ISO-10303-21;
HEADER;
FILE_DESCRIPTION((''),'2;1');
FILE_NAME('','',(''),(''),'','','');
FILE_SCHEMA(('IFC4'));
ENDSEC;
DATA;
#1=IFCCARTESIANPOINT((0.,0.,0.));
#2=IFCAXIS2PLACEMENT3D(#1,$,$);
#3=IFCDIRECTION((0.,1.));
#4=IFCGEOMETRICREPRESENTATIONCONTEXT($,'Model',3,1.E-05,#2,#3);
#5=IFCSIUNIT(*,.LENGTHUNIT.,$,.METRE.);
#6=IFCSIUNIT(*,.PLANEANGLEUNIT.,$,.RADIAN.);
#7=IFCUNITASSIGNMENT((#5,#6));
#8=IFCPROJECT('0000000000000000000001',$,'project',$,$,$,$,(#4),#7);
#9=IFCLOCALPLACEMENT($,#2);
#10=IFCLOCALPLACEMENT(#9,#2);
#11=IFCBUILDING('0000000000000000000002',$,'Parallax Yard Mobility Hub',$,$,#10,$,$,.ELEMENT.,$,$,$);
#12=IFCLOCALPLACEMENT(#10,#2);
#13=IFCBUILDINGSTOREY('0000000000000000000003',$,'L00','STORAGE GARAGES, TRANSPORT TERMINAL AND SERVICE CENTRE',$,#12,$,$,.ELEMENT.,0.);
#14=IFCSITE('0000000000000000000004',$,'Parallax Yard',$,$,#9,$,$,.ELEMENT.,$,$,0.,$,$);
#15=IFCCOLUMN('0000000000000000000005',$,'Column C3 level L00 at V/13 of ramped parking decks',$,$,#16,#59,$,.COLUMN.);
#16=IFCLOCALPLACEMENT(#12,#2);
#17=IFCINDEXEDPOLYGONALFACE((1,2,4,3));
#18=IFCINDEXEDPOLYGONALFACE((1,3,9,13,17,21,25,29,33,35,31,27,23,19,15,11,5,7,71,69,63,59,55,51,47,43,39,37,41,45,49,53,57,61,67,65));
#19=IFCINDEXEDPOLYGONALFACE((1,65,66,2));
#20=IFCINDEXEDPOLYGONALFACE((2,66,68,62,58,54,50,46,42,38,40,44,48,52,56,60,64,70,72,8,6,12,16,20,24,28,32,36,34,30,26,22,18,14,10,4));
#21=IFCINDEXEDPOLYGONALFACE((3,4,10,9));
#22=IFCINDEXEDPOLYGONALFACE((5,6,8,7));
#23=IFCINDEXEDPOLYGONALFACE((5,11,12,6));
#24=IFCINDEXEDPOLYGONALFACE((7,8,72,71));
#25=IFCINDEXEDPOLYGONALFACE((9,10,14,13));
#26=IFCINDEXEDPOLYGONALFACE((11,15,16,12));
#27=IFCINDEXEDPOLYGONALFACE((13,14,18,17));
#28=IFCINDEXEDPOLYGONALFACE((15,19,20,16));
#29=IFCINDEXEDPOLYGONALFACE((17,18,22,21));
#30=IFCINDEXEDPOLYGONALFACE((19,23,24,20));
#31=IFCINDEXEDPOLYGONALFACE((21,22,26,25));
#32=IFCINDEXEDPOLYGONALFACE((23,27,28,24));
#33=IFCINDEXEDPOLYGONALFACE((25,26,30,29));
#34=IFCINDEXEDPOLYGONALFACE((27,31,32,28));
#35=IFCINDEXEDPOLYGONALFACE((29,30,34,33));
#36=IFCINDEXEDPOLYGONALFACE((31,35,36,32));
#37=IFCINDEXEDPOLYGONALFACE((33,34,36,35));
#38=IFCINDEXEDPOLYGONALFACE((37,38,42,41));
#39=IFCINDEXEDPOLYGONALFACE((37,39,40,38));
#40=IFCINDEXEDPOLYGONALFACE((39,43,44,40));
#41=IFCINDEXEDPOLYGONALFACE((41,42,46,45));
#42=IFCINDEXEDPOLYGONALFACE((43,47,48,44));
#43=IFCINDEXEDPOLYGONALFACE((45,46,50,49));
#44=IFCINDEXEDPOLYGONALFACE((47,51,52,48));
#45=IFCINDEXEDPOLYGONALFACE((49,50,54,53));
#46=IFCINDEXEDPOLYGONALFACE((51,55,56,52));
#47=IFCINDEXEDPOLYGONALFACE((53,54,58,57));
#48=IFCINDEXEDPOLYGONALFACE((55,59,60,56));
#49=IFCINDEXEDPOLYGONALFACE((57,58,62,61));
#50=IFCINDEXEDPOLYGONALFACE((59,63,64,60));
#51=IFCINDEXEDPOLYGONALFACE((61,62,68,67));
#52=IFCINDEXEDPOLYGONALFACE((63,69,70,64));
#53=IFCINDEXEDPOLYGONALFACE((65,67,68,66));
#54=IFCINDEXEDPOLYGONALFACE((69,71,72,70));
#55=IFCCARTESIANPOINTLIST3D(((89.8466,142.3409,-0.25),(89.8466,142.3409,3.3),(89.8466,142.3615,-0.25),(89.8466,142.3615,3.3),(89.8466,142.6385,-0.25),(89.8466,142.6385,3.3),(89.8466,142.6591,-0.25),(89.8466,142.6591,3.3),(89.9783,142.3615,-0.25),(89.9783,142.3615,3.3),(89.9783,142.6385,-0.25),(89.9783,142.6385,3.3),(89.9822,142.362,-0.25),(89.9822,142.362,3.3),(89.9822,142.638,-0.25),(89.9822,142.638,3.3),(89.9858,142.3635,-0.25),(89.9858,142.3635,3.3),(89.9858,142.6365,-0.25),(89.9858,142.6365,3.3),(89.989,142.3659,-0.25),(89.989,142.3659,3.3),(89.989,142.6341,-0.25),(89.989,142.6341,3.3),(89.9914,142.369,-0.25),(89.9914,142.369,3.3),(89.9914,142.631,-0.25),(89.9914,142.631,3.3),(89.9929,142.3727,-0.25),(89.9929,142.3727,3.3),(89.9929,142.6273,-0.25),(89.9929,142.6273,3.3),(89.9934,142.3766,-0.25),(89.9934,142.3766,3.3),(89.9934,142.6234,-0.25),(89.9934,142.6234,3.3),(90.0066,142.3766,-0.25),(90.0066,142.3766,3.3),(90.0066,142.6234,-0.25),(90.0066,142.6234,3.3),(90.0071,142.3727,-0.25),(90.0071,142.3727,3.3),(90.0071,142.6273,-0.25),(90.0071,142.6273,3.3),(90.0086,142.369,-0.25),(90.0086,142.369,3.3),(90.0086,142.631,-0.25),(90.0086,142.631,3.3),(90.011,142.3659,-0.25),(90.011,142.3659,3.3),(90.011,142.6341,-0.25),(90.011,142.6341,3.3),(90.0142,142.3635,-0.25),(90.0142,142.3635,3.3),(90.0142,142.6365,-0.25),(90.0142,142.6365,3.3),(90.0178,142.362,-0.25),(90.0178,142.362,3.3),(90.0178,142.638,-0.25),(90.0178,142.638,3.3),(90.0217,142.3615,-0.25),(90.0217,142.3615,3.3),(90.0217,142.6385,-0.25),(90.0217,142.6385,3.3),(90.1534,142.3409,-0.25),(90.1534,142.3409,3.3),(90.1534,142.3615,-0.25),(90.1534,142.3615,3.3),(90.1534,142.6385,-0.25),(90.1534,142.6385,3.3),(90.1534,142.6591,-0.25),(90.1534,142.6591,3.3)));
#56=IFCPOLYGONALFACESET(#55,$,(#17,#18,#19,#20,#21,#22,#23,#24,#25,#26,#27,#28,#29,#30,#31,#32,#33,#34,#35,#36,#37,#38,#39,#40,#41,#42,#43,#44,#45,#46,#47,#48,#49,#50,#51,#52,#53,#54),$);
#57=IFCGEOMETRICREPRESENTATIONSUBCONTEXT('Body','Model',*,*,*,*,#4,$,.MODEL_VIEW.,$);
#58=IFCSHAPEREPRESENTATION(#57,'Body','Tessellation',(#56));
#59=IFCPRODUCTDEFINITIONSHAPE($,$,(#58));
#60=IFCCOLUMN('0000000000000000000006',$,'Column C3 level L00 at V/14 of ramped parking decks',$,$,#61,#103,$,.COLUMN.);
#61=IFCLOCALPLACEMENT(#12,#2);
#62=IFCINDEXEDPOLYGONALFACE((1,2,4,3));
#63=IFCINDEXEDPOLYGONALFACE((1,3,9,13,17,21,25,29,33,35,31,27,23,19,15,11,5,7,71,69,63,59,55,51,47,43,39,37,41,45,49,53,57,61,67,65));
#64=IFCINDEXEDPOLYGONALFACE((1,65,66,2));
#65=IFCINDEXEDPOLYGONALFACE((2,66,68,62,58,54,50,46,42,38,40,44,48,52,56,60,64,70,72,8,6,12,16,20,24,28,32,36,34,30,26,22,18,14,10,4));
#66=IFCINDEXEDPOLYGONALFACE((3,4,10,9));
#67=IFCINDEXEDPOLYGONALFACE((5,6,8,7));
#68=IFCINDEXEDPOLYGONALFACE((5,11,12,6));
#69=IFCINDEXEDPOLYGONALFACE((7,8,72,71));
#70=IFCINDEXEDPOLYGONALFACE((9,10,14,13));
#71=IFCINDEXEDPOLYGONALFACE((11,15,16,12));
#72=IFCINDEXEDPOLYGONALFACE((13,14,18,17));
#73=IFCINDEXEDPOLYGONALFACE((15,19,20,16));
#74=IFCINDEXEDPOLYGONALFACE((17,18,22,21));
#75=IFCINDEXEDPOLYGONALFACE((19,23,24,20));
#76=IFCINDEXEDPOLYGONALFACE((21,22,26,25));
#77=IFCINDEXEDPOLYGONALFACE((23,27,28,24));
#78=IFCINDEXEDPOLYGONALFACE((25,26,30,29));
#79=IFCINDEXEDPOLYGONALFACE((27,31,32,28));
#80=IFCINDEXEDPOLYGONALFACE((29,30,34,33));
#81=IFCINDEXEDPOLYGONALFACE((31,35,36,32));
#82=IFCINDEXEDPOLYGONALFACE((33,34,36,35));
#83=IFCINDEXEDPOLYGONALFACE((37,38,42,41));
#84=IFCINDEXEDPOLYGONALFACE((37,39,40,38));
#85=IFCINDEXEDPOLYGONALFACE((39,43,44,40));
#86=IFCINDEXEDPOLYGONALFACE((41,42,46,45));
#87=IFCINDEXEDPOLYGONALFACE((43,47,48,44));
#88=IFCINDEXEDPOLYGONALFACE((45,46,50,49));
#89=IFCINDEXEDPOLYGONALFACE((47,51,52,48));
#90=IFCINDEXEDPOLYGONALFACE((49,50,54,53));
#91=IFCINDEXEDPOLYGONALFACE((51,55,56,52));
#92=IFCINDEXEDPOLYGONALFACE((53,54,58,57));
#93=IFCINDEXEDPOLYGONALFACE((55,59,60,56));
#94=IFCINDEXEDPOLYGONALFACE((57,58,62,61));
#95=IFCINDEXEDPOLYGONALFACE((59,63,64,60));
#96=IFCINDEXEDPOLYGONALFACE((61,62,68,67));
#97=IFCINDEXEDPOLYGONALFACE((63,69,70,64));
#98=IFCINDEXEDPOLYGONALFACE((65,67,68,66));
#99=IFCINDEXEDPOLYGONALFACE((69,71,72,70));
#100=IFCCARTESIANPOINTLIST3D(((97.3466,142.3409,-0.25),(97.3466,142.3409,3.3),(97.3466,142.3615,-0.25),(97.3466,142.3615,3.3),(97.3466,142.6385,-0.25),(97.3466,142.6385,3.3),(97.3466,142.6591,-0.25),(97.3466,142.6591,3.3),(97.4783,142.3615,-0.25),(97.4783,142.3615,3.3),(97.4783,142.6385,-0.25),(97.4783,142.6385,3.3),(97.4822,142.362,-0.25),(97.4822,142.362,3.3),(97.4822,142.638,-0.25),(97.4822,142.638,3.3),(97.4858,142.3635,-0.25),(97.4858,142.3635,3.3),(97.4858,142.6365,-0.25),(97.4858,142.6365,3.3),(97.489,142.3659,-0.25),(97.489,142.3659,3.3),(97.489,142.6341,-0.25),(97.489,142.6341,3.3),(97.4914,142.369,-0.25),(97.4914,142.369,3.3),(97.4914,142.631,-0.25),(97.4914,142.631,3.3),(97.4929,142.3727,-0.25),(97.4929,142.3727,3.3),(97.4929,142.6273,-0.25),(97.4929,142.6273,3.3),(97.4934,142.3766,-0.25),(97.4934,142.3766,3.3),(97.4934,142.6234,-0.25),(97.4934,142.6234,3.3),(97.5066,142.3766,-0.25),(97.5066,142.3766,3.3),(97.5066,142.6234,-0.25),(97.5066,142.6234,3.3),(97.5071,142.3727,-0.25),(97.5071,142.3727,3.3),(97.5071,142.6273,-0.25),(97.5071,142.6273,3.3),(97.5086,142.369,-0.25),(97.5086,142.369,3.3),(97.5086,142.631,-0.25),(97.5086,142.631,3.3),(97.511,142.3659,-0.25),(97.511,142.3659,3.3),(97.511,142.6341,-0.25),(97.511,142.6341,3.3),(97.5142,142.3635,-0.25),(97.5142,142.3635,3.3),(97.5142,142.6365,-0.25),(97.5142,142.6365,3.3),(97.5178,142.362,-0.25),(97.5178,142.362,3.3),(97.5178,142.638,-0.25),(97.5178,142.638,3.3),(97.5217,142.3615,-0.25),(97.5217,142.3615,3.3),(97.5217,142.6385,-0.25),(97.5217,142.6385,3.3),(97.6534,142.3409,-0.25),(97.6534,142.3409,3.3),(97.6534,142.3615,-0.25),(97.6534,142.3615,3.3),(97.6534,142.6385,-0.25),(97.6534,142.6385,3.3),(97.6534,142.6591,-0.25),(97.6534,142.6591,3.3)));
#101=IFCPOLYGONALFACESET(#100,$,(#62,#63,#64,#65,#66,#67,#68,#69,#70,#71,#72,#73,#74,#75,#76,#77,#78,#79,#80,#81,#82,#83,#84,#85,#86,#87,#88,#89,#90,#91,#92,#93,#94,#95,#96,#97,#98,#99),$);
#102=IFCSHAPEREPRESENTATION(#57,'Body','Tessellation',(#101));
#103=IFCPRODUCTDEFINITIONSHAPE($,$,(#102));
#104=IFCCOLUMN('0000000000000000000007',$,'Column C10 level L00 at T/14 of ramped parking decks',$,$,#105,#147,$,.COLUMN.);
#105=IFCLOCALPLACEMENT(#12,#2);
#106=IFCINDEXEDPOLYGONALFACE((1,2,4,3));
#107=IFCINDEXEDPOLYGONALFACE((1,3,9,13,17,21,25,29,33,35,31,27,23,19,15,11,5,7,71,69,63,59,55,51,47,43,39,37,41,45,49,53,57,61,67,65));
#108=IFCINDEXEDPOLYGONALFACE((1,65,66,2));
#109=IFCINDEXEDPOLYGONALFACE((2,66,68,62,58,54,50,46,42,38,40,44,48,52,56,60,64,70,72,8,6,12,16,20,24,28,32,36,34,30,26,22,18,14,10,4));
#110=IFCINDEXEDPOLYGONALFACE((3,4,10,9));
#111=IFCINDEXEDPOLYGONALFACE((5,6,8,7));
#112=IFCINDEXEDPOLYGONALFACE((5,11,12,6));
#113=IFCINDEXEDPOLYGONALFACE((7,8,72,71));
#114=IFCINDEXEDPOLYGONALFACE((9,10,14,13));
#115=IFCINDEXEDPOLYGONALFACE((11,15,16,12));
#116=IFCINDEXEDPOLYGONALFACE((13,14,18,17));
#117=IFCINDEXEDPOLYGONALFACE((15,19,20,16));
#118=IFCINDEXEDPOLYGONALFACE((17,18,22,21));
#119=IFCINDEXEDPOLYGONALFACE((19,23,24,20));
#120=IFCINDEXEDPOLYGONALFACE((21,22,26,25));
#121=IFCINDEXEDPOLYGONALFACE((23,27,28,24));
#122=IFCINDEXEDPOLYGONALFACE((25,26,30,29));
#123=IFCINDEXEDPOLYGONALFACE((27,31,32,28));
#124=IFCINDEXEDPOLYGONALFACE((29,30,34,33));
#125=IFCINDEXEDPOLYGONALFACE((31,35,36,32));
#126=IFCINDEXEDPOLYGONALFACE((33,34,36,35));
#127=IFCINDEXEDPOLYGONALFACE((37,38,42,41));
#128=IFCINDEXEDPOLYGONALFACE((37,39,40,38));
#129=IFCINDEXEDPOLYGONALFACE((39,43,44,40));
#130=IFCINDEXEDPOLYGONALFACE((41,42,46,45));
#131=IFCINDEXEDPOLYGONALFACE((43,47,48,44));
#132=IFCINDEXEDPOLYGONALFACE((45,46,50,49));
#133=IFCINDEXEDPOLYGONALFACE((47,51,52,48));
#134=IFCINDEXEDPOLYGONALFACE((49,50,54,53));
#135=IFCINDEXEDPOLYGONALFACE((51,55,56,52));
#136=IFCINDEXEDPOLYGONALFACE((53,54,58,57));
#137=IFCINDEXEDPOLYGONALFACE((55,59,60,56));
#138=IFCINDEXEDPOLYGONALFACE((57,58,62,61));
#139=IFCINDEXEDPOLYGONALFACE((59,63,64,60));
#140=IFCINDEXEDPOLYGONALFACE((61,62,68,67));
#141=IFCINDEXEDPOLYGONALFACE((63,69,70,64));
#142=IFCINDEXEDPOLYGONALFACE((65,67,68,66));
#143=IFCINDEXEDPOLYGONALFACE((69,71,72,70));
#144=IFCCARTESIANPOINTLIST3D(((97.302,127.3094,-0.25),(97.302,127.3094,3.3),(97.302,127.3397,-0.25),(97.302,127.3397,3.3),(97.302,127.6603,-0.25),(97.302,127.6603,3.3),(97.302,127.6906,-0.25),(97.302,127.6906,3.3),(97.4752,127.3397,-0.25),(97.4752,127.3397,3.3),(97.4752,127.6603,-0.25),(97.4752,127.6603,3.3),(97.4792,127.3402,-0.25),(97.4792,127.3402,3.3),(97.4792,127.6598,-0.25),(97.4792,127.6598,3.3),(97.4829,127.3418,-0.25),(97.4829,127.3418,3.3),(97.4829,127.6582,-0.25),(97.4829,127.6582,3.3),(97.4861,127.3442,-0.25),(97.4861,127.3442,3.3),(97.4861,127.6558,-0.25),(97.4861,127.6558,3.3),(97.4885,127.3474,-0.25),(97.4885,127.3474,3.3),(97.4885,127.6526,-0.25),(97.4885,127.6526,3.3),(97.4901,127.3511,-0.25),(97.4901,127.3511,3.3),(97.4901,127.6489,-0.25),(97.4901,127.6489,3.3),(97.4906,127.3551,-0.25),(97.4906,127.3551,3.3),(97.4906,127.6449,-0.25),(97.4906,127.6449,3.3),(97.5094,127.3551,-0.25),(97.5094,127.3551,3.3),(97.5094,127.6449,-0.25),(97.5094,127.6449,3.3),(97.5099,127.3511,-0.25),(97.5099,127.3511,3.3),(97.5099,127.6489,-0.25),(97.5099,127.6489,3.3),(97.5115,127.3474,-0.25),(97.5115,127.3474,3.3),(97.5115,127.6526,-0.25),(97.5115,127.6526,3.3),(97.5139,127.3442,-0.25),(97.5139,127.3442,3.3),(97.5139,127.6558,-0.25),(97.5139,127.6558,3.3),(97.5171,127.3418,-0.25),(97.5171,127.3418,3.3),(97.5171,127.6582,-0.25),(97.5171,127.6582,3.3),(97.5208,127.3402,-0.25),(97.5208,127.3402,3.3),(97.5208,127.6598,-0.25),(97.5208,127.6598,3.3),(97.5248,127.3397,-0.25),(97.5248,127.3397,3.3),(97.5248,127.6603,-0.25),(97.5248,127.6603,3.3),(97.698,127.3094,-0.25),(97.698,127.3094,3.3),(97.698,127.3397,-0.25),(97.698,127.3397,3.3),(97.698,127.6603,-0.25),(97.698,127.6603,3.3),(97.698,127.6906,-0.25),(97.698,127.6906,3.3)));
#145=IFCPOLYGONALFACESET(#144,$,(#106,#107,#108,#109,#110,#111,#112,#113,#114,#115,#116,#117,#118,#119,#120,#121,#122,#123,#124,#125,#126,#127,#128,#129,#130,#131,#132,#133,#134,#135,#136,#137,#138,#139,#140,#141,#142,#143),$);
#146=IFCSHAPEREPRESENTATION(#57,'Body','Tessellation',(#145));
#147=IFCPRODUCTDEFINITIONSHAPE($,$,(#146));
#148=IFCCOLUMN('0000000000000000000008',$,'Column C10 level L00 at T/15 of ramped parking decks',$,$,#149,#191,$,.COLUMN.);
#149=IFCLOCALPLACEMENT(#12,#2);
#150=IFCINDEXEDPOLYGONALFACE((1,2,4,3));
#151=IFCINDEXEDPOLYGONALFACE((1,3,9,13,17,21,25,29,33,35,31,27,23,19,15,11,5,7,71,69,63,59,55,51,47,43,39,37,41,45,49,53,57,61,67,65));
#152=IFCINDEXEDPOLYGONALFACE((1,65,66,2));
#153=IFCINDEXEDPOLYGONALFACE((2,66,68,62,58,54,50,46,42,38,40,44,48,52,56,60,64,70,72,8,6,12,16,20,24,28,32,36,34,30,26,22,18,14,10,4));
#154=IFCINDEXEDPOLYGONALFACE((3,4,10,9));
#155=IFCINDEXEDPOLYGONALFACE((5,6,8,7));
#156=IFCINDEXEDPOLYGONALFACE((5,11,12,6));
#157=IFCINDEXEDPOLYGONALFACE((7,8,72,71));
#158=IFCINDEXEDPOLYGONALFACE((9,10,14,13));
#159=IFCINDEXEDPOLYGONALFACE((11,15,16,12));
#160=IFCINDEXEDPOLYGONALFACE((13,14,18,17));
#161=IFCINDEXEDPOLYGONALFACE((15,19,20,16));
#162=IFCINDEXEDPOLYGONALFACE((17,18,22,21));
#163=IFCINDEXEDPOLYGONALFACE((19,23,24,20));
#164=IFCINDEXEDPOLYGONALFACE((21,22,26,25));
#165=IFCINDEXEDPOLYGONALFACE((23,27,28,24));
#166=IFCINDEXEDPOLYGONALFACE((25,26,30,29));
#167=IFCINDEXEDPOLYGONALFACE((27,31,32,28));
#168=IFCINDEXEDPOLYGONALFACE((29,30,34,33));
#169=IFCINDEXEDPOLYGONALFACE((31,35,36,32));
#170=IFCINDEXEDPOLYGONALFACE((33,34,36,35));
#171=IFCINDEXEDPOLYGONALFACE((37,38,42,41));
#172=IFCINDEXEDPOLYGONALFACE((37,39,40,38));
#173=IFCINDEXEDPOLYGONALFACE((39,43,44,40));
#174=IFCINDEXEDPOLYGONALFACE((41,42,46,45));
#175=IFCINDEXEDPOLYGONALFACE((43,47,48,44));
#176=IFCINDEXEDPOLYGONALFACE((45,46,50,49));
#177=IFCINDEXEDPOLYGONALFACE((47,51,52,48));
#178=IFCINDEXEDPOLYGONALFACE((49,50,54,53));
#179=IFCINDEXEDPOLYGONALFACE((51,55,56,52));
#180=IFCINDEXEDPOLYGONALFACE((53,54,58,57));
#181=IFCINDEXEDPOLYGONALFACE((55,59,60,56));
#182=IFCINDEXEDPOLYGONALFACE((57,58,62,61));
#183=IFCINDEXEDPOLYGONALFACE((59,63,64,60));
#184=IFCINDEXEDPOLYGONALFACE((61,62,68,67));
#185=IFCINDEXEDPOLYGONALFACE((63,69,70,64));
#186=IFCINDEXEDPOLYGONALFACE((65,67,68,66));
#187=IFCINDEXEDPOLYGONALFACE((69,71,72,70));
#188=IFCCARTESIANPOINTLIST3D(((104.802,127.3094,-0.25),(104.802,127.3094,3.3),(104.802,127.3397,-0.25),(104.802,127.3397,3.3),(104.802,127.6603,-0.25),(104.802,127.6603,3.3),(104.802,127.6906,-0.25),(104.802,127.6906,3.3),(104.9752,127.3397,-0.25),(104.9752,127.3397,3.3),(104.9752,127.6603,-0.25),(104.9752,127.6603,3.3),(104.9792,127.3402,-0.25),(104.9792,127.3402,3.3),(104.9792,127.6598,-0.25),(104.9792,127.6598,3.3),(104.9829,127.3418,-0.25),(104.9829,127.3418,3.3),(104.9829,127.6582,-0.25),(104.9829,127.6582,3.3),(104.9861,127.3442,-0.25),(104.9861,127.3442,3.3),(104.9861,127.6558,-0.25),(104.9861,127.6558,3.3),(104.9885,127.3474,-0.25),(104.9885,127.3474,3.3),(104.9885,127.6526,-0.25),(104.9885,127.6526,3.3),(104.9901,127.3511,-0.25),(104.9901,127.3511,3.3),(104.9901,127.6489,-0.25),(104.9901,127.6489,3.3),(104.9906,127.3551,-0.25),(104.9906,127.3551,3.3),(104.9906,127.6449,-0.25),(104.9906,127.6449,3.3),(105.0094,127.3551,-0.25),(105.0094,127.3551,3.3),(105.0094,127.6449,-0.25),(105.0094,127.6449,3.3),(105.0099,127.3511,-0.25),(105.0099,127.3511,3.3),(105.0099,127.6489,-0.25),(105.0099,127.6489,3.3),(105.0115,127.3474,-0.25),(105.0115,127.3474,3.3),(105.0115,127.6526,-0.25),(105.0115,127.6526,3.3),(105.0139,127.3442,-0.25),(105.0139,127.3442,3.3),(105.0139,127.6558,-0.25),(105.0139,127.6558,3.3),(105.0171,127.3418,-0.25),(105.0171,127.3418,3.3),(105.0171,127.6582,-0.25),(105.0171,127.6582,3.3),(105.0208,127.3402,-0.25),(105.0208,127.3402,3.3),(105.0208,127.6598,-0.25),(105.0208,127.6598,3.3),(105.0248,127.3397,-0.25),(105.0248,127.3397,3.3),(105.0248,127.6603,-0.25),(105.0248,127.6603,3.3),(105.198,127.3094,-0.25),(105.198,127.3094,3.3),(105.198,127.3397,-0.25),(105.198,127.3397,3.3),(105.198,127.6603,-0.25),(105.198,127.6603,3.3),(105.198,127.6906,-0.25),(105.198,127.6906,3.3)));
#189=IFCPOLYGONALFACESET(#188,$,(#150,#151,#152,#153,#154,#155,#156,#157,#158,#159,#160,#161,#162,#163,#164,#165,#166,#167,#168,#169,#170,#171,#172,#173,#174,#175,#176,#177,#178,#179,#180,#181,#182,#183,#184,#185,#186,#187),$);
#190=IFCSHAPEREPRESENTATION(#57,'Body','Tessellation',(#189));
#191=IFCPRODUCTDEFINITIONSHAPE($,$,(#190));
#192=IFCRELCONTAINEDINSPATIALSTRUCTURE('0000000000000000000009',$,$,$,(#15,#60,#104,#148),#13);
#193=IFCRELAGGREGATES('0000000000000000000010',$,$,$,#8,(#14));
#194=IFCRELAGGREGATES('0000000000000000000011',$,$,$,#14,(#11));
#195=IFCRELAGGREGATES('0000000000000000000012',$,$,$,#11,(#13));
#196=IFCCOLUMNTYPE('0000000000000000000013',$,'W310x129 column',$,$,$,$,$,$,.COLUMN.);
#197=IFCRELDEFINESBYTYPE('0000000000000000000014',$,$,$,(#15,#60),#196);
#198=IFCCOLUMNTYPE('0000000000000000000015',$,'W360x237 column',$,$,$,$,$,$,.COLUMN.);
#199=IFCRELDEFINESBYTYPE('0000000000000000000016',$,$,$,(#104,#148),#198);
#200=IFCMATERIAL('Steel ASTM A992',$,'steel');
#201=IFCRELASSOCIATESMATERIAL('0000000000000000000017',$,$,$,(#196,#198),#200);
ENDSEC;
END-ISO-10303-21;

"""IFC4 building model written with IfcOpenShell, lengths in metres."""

from ifc_helpers import new_model, si_unit, direction, frame, origin, origin_2d, place, context, subcontext, project, spatial, i_section, extrude, material, material_profile, profile_set, type_object, element, save


model = new_model("IFC4")

# Units and contexts
model_context = context("Model", 3, precision=1e-05, world=origin(), true_north=direction((0.0, 1.0)))
body_context = subcontext(model_context, "Body", "Model", "MODEL_VIEW")
ifc_project = project(units=[si_unit("LENGTHUNIT", "METRE"), si_unit("PLANEANGLEUNIT", "RADIAN")], contexts=[model_context])

# Site, building, storey
site_placement = place(None, origin())
site = spatial("IfcSite", under=ifc_project, at=site_placement, Name="Parallax Yard", CompositionType="ELEMENT", RefElevation=0.0)
building_placement = place(site_placement, origin())
building = spatial("IfcBuilding", under=site, at=building_placement, Name="Parallax Yard Mobility Hub", CompositionType="ELEMENT")
storey_placement = place(building_placement, origin())
storey = spatial("IfcBuildingStorey", under=building, at=storey_placement, Name="L00", Description="STORAGE GARAGES, TRANSPORT TERMINAL AND SERVICE CENTRE", CompositionType="ELEMENT", Elevation=0.0)

# Columns
ifc_material_1 = material(Name="Steel ASTM A992", Category="steel")
ifc_material_profile_1 = material_profile(ifc_material_1, i_section(OverallWidth=0.3069, OverallDepth=0.3181, WebThickness=0.0132, FlangeThickness=0.0205, FilletRadius=0.0151, at=origin_2d()), Name="W310x129")
ifc_profile_set_1 = profile_set([ifc_material_profile_1], Name="Steel ASTM A992")
column_type_1 = type_object("IfcColumnType", Name="W310x129 column", PredefinedType="COLUMN", material=ifc_profile_set_1)
for number, where, z_axis, x_axis, name in (
    (1, (90.0, 142.5, -0.25), (0.0, 0.0, 1.0), (1.0, 0.0, 0.0), "Column C3 level L00 at V/13 of ramped parking decks"),
    (2, (97.5, 142.5, -0.25), (0.0, 0.0, 1.0), (1.0, 0.0, 0.0), "Column C3 level L00 at V/14 of ramped parking decks"),
):
    element("IfcColumn", number, at=place(storey_placement, frame(where, z_axis=z_axis, x_axis=x_axis)), inside=storey, type_object=column_type_1, Name=name, PredefinedType="COLUMN", context=body_context, shape_type="SweptSolid", body=[
        extrude(i_section(OverallWidth=0.3069, OverallDepth=0.3181, WebThickness=0.0132, FlangeThickness=0.0205, FilletRadius=0.0151, at=origin_2d()), origin(), (0.0, 0.0, 1.0), 3.55),
    ])
ifc_material_profile_2 = material_profile(ifc_material_1, i_section(OverallWidth=0.396, OverallDepth=0.3811, WebThickness=0.0188, FlangeThickness=0.0303, FilletRadius=0.0154, at=origin_2d()), Name="W360x237")
ifc_profile_set_2 = profile_set([ifc_material_profile_2], Name="Steel ASTM A992")
column_type_2 = type_object("IfcColumnType", Name="W360x237 column", PredefinedType="COLUMN", material=ifc_profile_set_2)
for number, where, z_axis, x_axis, name in (
    (3, (97.5, 127.5, -0.25), (0.0, 0.0, 1.0), (1.0, 0.0, 0.0), "Column C10 level L00 at T/14 of ramped parking decks"),
    (4, (105.0, 127.5, -0.25), (0.0, 0.0, 1.0), (1.0, 0.0, 0.0), "Column C10 level L00 at T/15 of ramped parking decks"),
):
    element("IfcColumn", number, at=place(storey_placement, frame(where, z_axis=z_axis, x_axis=x_axis)), inside=storey, type_object=column_type_2, Name=name, PredefinedType="COLUMN", context=body_context, shape_type="SweptSolid", body=[
        extrude(i_section(OverallWidth=0.396, OverallDepth=0.3811, WebThickness=0.0188, FlangeThickness=0.0303, FilletRadius=0.0154, at=origin_2d()), origin(), (0.0, 0.0, 1.0), 3.55),
    ])

save(model, "model.ifc")
